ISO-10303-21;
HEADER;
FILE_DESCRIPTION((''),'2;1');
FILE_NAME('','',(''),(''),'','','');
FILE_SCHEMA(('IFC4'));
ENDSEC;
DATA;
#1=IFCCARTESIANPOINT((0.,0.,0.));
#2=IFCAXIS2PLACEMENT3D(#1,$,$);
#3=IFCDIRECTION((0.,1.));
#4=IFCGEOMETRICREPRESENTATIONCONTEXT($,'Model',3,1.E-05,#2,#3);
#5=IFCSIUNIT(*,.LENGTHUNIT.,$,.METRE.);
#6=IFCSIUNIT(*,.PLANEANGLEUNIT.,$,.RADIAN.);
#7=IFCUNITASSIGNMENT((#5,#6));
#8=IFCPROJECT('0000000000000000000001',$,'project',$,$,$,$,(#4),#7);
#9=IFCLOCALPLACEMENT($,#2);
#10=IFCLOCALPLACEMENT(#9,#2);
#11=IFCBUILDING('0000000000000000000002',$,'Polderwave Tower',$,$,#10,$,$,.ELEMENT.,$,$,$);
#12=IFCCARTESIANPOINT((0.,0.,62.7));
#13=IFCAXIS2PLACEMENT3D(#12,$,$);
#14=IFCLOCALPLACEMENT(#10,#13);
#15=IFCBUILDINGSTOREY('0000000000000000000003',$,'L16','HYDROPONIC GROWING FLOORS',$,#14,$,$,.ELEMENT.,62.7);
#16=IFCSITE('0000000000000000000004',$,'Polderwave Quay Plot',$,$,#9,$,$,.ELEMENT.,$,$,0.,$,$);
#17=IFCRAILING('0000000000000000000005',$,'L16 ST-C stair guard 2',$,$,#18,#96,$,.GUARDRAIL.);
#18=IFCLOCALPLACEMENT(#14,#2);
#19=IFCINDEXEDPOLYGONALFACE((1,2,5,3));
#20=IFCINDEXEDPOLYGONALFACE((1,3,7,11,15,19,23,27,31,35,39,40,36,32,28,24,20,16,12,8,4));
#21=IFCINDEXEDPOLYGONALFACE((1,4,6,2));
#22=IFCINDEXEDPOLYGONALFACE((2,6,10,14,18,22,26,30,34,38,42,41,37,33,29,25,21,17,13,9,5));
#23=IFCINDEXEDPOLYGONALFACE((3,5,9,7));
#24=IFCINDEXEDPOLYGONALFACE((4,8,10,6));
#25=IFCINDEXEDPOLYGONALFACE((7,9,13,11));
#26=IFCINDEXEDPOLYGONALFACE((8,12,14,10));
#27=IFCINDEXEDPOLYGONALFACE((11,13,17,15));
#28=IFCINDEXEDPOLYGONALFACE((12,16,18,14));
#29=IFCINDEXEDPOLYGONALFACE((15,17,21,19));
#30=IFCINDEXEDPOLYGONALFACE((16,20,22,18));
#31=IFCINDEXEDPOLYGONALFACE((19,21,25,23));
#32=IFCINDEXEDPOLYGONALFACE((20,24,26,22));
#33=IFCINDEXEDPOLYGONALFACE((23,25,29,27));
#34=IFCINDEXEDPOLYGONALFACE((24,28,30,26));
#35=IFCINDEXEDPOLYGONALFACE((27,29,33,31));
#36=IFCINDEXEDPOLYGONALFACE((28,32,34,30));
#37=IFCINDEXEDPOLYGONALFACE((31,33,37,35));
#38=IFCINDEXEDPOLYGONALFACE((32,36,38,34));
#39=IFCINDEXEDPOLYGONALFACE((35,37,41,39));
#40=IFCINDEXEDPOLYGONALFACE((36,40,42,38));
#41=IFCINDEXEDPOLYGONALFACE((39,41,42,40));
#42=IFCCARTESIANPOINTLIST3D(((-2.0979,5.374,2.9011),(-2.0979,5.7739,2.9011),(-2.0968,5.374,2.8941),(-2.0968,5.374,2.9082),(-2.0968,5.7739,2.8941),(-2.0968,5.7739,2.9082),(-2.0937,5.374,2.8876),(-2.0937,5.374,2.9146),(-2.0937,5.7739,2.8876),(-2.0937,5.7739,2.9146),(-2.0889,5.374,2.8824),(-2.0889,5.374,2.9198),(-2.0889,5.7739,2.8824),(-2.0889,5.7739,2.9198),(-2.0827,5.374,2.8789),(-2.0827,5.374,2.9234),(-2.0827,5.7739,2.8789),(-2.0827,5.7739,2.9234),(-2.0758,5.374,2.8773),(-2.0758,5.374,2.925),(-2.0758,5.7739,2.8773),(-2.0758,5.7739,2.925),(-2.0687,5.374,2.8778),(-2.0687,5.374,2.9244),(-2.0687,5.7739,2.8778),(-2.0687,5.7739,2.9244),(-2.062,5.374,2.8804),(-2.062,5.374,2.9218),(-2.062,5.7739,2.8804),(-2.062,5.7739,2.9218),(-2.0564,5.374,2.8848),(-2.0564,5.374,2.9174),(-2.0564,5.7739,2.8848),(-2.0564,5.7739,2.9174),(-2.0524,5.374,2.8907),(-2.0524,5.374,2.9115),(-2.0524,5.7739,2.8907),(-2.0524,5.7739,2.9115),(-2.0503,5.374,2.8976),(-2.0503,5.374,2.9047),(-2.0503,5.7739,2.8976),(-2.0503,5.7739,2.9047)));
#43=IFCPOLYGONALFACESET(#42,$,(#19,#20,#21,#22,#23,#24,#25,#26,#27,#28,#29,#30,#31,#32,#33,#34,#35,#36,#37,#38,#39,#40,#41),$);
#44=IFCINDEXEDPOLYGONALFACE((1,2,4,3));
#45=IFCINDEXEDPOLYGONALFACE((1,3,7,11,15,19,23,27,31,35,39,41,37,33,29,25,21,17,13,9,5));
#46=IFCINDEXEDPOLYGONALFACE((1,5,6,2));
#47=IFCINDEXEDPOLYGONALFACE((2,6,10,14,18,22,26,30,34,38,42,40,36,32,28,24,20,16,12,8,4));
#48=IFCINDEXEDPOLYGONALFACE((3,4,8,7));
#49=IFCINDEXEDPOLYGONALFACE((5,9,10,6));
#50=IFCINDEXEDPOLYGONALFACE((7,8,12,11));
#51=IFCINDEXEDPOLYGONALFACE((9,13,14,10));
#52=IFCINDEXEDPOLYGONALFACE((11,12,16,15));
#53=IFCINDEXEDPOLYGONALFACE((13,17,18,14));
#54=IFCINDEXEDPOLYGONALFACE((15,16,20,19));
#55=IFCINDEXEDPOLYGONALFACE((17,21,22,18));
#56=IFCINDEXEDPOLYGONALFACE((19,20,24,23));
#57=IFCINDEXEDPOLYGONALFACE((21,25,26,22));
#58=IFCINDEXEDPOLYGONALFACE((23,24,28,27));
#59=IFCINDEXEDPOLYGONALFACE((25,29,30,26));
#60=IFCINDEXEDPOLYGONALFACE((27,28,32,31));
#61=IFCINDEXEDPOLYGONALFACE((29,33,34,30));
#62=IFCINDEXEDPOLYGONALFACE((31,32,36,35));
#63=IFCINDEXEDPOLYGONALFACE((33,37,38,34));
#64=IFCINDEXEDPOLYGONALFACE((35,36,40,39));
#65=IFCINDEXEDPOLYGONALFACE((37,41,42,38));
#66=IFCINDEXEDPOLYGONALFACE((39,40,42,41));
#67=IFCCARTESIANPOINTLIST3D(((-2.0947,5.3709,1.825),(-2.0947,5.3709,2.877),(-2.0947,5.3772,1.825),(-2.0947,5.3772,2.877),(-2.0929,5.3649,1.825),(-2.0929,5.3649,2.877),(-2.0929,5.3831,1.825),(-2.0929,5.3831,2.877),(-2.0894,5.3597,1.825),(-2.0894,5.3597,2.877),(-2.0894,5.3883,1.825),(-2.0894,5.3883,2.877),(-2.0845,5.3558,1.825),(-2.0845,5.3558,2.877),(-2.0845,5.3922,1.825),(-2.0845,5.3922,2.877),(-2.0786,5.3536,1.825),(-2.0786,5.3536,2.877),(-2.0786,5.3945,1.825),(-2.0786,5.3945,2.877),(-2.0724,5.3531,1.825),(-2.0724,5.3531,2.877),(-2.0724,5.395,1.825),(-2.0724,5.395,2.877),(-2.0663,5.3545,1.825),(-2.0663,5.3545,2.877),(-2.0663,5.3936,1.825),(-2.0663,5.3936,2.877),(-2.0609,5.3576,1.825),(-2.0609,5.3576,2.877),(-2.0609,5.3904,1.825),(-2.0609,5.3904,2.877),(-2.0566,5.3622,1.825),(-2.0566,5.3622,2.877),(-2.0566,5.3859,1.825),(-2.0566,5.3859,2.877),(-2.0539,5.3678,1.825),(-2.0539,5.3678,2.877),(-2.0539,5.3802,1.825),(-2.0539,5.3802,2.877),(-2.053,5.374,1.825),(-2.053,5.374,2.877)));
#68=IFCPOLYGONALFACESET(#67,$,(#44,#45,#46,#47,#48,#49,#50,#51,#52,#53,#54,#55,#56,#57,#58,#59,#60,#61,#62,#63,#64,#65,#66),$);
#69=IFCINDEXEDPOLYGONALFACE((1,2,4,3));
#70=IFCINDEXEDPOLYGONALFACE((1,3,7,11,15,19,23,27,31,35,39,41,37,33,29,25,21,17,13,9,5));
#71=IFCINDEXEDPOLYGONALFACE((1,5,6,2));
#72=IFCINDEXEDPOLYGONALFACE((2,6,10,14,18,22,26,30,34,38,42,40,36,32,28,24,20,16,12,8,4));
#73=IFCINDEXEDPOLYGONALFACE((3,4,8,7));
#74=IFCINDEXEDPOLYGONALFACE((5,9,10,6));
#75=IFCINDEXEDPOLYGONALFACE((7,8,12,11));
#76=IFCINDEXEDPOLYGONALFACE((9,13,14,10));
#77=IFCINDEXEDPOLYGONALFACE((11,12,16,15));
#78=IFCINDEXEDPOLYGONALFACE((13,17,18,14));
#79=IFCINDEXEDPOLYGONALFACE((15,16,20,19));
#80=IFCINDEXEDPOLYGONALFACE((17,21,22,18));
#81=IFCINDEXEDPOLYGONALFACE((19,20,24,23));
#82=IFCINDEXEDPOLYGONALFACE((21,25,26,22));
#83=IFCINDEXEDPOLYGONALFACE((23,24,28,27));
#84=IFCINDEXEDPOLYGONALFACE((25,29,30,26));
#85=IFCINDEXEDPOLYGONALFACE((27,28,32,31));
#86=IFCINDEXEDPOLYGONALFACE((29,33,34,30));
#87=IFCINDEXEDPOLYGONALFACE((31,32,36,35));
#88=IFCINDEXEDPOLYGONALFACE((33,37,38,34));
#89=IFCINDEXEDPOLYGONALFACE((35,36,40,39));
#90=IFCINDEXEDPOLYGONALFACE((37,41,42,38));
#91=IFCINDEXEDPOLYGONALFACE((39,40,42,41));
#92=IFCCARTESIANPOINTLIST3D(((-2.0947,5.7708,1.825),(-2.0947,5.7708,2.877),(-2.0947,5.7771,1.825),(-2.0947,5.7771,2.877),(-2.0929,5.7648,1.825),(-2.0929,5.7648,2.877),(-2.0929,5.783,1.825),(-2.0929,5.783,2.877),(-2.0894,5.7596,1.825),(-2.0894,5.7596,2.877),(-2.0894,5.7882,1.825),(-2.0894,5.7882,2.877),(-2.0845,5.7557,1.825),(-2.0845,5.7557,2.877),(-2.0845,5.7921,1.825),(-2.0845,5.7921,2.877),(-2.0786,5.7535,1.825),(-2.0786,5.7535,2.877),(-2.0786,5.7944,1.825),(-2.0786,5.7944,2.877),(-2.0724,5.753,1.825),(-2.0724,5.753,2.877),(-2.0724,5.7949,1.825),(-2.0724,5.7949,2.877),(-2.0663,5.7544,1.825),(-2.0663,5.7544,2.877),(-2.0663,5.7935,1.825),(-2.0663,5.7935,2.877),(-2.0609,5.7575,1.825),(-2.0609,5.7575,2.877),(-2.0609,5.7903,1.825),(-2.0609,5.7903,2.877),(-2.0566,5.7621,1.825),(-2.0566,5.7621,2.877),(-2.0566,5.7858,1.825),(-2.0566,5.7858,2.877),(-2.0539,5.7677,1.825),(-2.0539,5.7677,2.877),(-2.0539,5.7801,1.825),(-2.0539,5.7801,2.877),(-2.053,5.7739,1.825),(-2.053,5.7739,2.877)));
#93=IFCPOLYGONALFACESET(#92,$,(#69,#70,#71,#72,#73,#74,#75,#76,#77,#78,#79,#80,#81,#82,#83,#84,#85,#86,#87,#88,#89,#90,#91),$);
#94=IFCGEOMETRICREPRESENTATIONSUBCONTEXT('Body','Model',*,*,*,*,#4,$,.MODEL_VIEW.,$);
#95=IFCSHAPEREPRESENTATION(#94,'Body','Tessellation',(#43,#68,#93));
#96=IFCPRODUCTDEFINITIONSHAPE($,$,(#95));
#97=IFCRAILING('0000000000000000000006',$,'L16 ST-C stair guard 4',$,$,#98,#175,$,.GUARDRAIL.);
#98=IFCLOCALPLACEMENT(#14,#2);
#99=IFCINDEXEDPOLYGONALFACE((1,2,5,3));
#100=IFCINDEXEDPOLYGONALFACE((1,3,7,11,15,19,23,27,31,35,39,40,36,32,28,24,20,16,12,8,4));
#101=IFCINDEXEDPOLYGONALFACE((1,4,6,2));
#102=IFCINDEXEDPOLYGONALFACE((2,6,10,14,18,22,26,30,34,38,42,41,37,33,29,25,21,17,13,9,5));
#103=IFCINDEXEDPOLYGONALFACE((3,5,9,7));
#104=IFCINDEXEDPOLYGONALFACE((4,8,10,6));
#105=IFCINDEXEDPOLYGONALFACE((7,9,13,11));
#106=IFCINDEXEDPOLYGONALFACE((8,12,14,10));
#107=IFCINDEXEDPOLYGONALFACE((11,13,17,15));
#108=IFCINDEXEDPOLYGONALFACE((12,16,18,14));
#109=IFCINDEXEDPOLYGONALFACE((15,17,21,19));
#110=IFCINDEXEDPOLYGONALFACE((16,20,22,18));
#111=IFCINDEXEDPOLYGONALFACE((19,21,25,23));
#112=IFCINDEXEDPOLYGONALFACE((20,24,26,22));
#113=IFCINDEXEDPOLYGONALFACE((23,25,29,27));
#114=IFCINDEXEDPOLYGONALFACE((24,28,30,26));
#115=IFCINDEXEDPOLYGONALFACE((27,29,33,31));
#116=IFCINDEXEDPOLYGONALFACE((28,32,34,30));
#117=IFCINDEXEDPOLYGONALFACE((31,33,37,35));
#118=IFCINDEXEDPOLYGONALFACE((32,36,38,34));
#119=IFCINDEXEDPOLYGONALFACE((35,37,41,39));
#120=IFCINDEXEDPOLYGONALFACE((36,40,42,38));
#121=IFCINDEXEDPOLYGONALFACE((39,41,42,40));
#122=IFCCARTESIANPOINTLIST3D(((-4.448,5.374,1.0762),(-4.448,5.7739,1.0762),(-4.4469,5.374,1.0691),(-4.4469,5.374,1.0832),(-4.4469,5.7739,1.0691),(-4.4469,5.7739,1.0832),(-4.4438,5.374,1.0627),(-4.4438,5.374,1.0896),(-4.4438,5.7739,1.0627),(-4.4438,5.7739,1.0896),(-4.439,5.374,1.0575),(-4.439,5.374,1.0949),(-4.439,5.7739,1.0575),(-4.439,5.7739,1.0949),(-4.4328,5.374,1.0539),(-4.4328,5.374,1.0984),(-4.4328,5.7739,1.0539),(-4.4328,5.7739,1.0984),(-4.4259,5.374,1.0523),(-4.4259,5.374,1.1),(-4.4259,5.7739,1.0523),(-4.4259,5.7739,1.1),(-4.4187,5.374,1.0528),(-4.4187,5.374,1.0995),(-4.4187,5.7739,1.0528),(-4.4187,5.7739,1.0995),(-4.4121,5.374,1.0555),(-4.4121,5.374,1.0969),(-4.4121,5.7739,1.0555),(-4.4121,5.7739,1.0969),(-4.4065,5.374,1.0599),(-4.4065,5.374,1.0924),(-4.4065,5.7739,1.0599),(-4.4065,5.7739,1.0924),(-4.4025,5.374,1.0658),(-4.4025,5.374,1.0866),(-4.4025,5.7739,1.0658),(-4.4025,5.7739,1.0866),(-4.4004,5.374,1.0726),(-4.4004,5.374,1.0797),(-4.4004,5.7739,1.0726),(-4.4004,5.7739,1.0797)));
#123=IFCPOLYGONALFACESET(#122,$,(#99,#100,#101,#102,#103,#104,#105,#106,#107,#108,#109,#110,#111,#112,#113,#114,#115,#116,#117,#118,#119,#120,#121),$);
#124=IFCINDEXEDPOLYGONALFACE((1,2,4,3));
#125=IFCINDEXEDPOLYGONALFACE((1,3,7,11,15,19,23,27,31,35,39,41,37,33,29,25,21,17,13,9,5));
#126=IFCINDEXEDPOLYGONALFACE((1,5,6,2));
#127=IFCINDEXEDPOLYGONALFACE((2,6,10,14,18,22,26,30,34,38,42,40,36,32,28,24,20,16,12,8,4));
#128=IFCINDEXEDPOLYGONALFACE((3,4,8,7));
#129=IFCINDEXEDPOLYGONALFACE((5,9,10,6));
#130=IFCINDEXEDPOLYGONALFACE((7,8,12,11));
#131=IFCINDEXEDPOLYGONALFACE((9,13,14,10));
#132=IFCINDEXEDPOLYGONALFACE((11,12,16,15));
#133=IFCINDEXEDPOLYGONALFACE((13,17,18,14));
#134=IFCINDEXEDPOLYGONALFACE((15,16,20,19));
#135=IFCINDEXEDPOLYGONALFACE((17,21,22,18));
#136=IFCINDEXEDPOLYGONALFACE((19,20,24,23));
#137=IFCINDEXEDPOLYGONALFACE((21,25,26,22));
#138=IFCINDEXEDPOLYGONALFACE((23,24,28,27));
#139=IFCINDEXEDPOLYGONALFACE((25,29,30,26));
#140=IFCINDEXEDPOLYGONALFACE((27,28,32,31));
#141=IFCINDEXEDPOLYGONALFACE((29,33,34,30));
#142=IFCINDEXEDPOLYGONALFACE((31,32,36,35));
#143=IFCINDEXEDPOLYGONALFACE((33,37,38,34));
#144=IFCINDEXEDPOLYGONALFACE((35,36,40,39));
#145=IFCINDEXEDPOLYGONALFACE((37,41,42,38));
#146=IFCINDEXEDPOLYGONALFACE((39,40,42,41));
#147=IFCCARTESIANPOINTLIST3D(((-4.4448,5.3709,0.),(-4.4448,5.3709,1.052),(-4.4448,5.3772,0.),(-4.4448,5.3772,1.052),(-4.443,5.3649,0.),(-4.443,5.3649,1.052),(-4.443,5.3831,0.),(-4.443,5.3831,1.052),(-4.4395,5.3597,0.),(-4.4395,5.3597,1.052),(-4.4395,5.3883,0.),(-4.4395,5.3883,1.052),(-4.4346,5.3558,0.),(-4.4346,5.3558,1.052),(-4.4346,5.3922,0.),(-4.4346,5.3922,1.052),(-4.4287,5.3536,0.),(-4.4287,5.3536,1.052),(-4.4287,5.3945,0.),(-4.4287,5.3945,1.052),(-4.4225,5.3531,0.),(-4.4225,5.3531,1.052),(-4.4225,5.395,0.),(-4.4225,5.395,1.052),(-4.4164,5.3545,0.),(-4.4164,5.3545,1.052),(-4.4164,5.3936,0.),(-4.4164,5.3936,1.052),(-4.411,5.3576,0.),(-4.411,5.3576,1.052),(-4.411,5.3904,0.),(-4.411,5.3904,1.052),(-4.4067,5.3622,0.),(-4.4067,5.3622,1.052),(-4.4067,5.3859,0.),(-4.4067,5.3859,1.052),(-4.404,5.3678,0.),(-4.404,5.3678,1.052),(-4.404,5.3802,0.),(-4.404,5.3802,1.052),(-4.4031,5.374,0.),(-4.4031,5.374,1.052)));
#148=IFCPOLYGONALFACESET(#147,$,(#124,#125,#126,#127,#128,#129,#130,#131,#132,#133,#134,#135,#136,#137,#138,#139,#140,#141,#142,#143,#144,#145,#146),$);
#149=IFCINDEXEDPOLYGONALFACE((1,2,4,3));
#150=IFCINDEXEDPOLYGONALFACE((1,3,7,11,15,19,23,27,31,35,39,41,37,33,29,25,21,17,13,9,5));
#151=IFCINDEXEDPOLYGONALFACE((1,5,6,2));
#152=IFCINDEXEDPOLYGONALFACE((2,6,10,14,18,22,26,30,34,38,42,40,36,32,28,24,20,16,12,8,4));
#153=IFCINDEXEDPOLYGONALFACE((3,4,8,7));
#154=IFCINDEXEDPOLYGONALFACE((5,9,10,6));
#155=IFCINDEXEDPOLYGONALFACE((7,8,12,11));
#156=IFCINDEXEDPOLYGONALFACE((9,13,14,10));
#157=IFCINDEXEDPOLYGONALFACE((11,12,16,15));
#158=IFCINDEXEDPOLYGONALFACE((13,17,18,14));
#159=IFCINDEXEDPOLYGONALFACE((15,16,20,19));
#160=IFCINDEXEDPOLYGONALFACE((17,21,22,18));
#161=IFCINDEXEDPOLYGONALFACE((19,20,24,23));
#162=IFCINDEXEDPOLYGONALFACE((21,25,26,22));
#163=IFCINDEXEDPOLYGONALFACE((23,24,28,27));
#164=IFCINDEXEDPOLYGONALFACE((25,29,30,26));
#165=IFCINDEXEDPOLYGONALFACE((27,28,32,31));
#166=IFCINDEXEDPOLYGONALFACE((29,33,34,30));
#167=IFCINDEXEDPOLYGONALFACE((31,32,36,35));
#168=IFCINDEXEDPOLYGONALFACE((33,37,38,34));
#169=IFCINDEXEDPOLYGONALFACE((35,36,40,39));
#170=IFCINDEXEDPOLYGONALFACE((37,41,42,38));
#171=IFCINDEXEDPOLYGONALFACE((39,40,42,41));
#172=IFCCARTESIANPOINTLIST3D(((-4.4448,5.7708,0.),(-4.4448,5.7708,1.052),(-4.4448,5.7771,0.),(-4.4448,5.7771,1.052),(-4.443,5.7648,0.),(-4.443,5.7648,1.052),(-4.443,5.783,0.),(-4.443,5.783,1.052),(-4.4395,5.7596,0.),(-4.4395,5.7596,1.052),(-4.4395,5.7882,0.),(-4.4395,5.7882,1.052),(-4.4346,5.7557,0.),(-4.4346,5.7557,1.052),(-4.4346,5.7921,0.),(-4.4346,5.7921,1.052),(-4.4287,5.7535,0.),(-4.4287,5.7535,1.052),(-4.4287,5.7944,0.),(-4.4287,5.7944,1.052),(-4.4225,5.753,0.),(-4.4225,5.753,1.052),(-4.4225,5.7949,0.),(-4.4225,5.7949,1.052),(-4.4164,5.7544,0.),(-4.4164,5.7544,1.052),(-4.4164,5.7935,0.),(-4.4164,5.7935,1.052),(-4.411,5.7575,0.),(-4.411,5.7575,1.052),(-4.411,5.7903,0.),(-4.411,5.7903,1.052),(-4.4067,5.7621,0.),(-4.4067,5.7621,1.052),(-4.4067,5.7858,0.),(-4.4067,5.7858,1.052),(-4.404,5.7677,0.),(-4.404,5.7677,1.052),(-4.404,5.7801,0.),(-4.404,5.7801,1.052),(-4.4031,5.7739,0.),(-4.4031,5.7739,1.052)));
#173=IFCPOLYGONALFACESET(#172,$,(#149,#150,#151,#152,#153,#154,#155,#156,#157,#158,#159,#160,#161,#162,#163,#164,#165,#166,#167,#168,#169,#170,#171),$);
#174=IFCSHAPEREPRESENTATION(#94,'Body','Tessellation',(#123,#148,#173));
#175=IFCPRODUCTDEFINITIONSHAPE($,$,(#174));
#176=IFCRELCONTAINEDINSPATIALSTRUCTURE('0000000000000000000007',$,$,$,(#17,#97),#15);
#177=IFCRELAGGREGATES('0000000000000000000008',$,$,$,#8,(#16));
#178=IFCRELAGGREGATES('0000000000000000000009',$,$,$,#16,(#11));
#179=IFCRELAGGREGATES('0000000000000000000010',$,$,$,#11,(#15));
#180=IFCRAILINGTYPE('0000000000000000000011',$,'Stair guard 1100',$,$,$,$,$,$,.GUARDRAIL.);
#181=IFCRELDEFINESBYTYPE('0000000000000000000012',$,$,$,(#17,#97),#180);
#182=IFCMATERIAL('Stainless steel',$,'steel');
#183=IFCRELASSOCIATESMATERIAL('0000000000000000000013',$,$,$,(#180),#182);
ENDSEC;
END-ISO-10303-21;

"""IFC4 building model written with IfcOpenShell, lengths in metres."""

from ifc_helpers import new_model, si_unit, direction, frame, origin, origin_2d, place, context, subcontext, project, spatial, circle, extrude, material, type_object, element, save


model = new_model("IFC4")

# Units and contexts
model_context = context("Model", 3, precision=1e-05, world=origin(), true_north=direction((0.0, 1.0)))
body_context = subcontext(model_context, "Body", "Model", "MODEL_VIEW")
ifc_project = project(units=[si_unit("LENGTHUNIT", "METRE"), si_unit("PLANEANGLEUNIT", "RADIAN")], contexts=[model_context])

# Site, building, storey
site_placement = place(None, origin())
site = spatial("IfcSite", under=ifc_project, at=site_placement, Name="Polderwave Quay Plot", CompositionType="ELEMENT", RefElevation=0.0)
building_placement = place(site_placement, origin())
building = spatial("IfcBuilding", under=site, at=building_placement, Name="Polderwave Tower", CompositionType="ELEMENT")
storey_placement = place(building_placement, frame((0.0, 0.0, 62.7)))
storey = spatial("IfcBuildingStorey", under=building, at=storey_placement, Name="L16", Description="HYDROPONIC GROWING FLOORS", CompositionType="ELEMENT", Elevation=62.7)

# Railings
ifc_material_1 = material(Name="Stainless steel", Category="steel")
railing_type_1 = type_object("IfcRailingType", Name="Stair guard 1100", PredefinedType="GUARDRAIL", material=ifc_material_1)
for number, where, name in (
    (1, (-2.074, 5.374, 1.825), "L16 ST-C stair guard 2"),
    (2, (-4.4241, 5.374, 0.0), "L16 ST-C stair guard 4"),
):
    element("IfcRailing", number, at=place(storey_placement, frame(where)), inside=storey, type_object=railing_type_1, Name=name, PredefinedType="GUARDRAIL", context=body_context, shape_type="SweptSolid", body=[
        extrude(circle(Radius=0.0239, at=origin_2d()), frame((0.0, 0.0, 1.0762), z_axis=(0.0, 1.0, 0.0), x_axis=(-1.0, 0.0, 0.0)), (0.0, 0.0, 1.0), 0.3999),
        extrude(circle(Radius=0.021, at=origin_2d()), origin(), (0.0, 0.0, 1.0), 1.052),
        extrude(circle(Radius=0.021, at=origin_2d()), frame((0.0, 0.3999, 0.0)), (0.0, 0.0, 1.0), 1.052),
    ])

save(model, "model.ifc")
